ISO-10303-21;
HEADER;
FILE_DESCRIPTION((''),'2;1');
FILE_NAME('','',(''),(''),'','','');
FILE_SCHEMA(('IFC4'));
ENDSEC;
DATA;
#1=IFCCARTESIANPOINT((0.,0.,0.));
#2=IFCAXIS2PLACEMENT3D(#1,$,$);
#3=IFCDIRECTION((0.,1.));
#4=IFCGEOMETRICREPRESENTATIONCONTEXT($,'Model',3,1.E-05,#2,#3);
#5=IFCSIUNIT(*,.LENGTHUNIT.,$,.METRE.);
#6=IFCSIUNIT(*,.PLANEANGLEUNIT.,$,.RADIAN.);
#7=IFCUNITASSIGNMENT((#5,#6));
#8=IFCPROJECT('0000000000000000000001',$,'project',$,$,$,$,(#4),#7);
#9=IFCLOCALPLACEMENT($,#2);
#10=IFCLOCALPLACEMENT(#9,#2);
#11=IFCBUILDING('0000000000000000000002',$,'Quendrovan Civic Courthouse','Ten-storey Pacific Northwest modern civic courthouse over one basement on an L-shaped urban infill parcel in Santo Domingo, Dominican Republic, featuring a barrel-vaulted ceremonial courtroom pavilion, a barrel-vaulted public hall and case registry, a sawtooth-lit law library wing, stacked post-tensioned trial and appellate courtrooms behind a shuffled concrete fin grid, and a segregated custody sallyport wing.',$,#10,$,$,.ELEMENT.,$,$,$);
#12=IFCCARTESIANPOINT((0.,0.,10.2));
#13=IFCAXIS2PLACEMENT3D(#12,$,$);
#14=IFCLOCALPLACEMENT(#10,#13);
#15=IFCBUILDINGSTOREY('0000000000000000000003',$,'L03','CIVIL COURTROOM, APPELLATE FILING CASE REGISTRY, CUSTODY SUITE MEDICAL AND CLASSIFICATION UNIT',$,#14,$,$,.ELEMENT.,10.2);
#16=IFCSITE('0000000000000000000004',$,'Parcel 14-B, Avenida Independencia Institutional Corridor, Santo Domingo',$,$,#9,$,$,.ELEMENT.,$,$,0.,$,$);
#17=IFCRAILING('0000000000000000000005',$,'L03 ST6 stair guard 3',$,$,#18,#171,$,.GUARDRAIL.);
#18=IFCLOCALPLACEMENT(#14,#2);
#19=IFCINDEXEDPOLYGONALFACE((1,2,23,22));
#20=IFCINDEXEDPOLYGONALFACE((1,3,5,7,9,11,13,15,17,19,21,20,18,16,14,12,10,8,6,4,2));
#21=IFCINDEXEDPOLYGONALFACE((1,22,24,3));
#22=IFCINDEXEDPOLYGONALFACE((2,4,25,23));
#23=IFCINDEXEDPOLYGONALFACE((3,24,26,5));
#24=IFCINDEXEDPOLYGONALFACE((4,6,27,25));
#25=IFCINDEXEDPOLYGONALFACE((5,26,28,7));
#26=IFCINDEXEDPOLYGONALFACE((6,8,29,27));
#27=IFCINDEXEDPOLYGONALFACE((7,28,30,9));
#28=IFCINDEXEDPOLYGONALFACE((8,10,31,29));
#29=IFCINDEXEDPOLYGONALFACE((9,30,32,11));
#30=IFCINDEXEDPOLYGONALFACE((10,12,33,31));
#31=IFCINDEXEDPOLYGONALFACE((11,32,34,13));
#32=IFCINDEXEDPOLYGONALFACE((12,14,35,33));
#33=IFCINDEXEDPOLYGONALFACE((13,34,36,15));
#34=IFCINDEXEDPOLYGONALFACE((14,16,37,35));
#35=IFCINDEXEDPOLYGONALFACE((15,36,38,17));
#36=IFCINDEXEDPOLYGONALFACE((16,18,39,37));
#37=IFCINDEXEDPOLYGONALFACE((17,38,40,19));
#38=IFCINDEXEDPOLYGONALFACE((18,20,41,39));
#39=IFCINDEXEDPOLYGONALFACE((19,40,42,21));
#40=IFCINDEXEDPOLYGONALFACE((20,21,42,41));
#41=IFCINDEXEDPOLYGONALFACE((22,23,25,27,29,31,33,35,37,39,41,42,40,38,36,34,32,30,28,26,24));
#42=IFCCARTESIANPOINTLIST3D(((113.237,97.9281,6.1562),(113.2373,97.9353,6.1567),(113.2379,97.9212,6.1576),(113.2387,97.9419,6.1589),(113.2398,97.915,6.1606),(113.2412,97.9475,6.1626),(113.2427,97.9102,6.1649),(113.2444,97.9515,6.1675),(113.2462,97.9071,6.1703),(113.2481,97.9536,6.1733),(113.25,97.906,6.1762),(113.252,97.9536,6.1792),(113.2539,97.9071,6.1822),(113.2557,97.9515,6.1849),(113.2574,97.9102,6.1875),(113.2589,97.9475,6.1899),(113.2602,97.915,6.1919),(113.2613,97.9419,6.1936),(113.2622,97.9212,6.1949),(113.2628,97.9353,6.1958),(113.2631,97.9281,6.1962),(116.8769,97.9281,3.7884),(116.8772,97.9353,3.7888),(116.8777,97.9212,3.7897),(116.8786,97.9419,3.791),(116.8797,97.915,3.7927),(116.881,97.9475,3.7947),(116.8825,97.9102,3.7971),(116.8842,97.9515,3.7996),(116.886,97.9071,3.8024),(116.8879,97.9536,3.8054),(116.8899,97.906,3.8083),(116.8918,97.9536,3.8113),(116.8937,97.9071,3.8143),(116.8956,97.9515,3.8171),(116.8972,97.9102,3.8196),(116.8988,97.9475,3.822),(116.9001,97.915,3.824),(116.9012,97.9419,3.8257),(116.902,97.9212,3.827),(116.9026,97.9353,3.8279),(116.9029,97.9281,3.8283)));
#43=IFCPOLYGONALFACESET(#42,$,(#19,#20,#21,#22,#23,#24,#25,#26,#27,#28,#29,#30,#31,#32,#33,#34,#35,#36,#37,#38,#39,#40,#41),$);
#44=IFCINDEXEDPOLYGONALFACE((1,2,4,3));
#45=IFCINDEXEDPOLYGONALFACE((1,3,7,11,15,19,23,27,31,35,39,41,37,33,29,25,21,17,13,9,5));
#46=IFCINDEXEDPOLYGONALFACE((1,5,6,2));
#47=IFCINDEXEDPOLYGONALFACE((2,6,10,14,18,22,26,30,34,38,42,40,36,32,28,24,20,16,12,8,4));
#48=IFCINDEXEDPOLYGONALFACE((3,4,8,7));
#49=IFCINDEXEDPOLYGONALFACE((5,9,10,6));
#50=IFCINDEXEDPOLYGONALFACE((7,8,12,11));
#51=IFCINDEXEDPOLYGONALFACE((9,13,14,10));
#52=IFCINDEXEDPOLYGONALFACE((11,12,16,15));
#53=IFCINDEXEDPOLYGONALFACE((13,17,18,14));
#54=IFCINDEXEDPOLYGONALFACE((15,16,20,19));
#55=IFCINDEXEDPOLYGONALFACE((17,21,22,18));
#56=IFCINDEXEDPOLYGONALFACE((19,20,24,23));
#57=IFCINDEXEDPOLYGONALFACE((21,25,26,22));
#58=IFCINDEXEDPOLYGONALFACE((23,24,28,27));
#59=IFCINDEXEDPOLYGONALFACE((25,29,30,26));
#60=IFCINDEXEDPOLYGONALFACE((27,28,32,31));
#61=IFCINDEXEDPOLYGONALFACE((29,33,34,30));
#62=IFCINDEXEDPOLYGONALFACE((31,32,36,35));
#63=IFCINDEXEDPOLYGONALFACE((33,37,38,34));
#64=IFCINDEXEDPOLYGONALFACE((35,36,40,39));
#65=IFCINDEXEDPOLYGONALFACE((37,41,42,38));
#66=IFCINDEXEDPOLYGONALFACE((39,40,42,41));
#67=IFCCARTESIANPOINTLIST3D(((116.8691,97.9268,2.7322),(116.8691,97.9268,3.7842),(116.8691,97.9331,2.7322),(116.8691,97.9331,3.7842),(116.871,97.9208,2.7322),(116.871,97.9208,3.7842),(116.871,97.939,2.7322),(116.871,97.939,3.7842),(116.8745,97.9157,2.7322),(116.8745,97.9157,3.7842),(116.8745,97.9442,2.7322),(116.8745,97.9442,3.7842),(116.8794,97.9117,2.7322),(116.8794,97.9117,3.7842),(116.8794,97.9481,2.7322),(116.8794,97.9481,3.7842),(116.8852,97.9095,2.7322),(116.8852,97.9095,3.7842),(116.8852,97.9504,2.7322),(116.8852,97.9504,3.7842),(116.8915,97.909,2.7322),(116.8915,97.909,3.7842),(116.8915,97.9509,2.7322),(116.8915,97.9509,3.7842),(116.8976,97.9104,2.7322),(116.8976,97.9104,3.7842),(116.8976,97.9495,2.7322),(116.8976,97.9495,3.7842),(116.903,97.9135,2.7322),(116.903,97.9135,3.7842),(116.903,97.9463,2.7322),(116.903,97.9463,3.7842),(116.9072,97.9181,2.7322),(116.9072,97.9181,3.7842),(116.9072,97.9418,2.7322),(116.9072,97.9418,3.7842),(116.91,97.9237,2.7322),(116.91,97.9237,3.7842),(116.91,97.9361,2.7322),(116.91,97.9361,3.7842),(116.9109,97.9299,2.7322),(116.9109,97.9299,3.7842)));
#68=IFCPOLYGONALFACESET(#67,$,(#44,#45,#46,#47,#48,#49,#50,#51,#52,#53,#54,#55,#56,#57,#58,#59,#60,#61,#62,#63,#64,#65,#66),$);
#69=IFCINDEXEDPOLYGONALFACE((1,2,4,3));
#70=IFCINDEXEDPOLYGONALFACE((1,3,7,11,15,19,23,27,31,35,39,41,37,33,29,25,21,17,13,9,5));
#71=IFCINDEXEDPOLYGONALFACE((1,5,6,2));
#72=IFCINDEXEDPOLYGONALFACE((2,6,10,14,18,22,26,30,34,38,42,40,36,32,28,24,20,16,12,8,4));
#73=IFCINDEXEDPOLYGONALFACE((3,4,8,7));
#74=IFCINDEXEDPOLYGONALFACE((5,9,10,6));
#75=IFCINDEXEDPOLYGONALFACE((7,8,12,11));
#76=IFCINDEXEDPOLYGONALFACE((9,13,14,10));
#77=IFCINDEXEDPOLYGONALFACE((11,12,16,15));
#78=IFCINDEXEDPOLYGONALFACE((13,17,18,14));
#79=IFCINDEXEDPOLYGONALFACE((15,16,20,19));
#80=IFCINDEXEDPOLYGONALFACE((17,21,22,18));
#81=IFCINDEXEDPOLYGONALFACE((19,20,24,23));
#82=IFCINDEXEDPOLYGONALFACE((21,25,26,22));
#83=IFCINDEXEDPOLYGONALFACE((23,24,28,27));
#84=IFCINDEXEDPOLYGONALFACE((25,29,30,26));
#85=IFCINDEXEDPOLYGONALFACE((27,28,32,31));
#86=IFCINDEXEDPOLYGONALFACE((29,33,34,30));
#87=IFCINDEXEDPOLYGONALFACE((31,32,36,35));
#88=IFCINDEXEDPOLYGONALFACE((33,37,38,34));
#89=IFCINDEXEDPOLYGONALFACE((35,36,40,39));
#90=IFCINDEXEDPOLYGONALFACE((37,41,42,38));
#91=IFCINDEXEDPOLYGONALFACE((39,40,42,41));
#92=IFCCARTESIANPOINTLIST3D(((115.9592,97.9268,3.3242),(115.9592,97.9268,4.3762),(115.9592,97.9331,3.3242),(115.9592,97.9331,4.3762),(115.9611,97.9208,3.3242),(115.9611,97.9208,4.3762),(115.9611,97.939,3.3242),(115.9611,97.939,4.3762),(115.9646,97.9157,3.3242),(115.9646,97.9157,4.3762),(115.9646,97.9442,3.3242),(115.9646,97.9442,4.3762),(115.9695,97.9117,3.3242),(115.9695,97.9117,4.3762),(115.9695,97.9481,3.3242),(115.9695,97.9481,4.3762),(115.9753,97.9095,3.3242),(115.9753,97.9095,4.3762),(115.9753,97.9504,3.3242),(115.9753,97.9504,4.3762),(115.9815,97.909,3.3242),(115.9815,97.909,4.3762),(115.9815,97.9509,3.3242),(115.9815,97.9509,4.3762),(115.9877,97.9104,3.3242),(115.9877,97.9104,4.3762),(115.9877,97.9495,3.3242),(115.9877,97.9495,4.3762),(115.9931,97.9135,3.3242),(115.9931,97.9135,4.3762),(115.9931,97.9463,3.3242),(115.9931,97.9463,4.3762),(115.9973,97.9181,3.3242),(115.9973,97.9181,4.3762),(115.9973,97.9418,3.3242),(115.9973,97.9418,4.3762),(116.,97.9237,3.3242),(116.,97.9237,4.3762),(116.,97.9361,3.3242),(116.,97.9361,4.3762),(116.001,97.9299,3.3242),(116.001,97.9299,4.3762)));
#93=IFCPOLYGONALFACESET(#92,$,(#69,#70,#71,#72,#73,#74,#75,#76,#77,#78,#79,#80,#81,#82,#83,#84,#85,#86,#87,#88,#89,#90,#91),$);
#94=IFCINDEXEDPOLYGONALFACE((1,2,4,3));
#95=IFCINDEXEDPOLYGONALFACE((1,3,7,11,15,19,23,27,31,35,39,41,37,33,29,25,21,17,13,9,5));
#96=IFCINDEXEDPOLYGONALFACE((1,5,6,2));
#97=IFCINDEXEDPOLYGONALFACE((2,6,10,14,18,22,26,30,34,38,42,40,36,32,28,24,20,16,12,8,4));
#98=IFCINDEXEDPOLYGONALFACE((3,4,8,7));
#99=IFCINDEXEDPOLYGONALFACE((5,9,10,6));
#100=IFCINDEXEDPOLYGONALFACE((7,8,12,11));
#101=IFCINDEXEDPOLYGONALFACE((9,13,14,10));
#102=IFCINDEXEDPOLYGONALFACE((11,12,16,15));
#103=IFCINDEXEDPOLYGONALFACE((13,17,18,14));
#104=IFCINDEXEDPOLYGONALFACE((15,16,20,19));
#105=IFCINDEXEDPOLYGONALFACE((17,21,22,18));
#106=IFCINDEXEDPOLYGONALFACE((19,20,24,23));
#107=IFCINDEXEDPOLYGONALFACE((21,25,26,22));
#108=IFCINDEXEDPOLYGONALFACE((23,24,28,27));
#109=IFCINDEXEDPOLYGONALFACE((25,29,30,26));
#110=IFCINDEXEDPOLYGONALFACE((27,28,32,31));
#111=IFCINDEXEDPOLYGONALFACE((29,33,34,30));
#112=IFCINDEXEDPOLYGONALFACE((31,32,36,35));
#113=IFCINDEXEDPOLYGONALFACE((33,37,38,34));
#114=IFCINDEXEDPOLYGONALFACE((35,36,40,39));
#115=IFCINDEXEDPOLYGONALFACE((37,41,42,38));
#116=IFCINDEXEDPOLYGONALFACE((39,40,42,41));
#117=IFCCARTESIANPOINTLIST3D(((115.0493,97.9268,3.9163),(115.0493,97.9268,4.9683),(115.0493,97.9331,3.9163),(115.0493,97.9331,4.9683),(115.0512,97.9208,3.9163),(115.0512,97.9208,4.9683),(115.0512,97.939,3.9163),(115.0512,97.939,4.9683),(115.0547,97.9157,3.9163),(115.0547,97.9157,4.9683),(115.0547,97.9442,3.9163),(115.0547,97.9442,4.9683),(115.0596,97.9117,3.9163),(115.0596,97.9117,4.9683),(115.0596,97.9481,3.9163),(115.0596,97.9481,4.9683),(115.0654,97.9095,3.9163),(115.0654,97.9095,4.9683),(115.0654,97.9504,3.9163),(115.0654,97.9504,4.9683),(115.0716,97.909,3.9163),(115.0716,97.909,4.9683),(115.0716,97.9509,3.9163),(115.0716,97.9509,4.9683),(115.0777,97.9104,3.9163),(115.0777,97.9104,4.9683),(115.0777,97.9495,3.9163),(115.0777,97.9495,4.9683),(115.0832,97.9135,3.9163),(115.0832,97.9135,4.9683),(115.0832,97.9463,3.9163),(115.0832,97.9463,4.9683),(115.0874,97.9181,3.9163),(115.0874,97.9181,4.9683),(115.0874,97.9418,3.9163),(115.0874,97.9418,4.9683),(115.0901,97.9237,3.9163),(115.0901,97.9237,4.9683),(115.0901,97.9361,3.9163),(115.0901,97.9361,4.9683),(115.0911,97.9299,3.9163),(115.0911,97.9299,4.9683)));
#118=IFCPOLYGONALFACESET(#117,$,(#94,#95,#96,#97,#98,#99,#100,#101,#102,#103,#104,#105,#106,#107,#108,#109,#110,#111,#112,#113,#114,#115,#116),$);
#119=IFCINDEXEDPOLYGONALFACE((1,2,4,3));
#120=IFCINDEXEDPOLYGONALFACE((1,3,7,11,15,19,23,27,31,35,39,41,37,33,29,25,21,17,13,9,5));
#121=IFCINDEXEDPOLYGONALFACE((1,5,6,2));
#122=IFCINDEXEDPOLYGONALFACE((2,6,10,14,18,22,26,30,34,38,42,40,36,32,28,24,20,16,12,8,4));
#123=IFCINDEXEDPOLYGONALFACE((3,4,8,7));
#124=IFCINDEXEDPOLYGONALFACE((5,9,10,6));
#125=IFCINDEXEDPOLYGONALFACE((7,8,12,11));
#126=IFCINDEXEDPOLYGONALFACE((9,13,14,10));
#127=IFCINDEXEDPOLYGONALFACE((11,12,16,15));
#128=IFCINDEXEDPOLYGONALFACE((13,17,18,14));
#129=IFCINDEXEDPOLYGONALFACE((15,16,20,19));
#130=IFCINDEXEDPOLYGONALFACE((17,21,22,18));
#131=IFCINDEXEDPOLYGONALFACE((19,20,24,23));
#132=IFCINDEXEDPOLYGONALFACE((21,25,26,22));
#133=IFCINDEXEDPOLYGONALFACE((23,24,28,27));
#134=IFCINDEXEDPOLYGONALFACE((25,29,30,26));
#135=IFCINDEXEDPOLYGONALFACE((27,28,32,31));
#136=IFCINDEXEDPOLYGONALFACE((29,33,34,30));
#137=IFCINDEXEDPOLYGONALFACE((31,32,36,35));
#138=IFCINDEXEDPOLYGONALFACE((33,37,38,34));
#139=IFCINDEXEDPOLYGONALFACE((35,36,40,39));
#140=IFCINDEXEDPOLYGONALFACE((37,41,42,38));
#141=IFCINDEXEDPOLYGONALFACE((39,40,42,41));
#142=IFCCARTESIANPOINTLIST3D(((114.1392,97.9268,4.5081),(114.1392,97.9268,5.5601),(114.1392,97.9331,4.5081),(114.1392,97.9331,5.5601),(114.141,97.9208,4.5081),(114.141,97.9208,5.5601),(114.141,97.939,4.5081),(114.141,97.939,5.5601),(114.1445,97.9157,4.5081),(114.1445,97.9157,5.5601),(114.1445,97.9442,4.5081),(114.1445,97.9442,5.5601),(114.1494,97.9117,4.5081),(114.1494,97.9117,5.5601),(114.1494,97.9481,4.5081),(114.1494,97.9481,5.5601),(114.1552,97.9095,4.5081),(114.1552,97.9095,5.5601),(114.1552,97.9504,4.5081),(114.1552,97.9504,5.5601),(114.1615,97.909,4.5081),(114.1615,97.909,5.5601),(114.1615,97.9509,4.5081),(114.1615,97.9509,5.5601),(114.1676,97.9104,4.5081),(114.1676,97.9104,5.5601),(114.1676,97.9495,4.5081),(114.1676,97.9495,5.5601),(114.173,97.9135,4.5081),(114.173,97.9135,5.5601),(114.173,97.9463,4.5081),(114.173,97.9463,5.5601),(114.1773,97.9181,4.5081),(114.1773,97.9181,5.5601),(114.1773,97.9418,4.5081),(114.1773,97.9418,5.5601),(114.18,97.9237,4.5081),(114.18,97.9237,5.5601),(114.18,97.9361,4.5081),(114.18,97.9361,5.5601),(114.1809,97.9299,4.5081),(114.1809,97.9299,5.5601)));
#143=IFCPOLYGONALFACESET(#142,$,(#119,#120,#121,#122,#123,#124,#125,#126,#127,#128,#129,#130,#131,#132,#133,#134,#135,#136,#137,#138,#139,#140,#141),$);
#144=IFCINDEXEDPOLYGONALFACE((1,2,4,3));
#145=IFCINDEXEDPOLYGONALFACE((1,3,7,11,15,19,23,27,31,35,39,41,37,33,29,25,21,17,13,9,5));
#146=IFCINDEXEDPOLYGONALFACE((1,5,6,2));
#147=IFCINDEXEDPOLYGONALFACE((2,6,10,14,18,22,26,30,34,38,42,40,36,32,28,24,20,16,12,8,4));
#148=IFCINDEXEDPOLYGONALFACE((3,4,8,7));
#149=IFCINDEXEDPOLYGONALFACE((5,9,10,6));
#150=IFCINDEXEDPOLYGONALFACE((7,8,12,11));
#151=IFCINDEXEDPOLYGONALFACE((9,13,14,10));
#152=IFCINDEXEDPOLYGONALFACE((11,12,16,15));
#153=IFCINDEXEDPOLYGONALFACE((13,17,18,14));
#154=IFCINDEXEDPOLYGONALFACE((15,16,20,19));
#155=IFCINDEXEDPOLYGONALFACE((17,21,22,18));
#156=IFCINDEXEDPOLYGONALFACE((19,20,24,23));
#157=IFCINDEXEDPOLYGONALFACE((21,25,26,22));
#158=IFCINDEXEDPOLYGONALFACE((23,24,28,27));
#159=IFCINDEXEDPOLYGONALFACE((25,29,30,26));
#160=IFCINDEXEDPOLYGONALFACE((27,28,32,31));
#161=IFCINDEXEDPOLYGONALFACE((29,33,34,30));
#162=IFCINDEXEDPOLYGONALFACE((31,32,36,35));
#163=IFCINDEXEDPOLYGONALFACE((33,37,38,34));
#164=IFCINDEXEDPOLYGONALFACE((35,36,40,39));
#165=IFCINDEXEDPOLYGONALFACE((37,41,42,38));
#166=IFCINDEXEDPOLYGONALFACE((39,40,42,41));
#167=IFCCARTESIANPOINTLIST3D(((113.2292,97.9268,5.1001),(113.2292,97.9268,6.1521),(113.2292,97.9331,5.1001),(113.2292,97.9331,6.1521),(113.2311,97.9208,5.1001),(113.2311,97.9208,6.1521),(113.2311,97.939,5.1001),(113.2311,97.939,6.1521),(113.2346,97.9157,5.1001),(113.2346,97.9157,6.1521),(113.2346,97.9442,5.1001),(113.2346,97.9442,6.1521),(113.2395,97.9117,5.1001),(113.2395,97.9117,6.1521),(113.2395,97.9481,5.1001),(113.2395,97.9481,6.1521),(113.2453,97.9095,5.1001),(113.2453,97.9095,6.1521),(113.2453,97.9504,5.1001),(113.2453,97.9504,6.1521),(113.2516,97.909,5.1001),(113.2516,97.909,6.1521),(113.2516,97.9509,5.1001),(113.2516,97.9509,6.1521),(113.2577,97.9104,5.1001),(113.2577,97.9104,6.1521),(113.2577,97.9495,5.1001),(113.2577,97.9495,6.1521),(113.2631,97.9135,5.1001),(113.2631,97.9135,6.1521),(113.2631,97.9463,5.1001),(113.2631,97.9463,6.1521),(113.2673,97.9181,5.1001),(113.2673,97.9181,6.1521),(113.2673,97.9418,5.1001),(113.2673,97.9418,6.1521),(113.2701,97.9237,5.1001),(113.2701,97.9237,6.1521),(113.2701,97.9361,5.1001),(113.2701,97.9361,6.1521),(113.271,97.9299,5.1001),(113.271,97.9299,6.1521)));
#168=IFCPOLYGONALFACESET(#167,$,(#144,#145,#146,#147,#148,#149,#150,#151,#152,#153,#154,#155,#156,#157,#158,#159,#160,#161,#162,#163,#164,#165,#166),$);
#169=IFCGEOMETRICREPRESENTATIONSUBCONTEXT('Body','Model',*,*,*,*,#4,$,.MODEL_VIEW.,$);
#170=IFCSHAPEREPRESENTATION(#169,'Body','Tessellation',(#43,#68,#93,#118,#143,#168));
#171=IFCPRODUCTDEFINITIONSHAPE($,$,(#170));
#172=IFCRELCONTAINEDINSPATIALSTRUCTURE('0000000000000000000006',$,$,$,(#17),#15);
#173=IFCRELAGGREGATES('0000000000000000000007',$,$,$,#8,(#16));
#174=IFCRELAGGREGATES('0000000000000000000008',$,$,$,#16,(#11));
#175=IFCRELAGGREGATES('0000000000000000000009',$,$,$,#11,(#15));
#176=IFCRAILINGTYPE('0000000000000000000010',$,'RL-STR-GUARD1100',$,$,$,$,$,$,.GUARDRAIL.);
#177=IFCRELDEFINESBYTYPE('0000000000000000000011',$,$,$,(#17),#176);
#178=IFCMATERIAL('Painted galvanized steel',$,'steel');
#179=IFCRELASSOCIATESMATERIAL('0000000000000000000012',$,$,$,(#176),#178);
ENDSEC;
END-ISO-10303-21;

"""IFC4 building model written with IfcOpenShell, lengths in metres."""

from ifc_helpers import new_model, si_unit, direction, frame, origin, origin_2d, place, context, subcontext, project, spatial, circle, extrude, material, type_object, element, save


model = new_model("IFC4")

# Units and contexts
model_context = context("Model", 3, precision=1e-05, world=origin(), true_north=direction((0.0, 1.0)))
body_context = subcontext(model_context, "Body", "Model", "MODEL_VIEW")
ifc_project = project(units=[si_unit("LENGTHUNIT", "METRE"), si_unit("PLANEANGLEUNIT", "RADIAN")], contexts=[model_context])

# Site, building, storey
site_placement = place(None, origin())
site = spatial("IfcSite", under=ifc_project, at=site_placement, Name="Parcel 14-B, Avenida Independencia Institutional Corridor, Santo Domingo", CompositionType="ELEMENT", RefElevation=0.0)
building_placement = place(site_placement, origin())
building = spatial("IfcBuilding", under=site, at=building_placement, Name="Quendrovan Civic Courthouse", Description="Ten-storey Pacific Northwest modern civic courthouse over one basement on an L-shaped urban infill parcel in Santo Domingo, Dominican Republic, featuring a barrel-vaulted ceremonial courtroom pavilion, a barrel-vaulted public hall and case registry, a sawtooth-lit law library wing, stacked post-tensioned trial and appellate courtrooms behind a shuffled concrete fin grid, and a segregated custody sallyport wing.", CompositionType="ELEMENT")
storey_placement = place(building_placement, frame((0.0, 0.0, 10.2)))
storey = spatial("IfcBuildingStorey", under=building, at=storey_placement, Name="L03", Description="CIVIL COURTROOM, APPELLATE FILING CASE REGISTRY, CUSTODY SUITE MEDICAL AND CLASSIFICATION UNIT", CompositionType="ELEMENT", Elevation=10.2)

# Railing
ifc_material_1 = material(Name="Painted galvanized steel", Category="steel")
railing_type_1 = type_object("IfcRailingType", Name="RL-STR-GUARD1100", PredefinedType="GUARDRAIL", material=ifc_material_1)
railing_1_placement = place(storey_placement, frame((116.8899, 97.9299, 2.7322)))
element("IfcRailing", 1, at=railing_1_placement, inside=storey, type_object=railing_type_1, Name="L03 ST6 stair guard 3", PredefinedType="GUARDRAIL", context=body_context, shape_type="SweptSolid", body=[
    extrude(circle(Radius=0.0239, at=origin_2d()), frame((0.0, 0.0, 1.0762), z_axis=(-0.838234, 0.0, 0.54531), x_axis=(0.0, -1.0, 0.0)), (0.0, 0.0, 1.0), 4.3423),
    extrude(circle(Radius=0.021, at=origin_2d()), origin(), (0.0, 0.0, 1.0), 1.052),
    extrude(circle(Radius=0.021, at=origin_2d()), frame((-0.9099, 0.0, 0.592)), (0.0, 0.0, 1.0), 1.052),
    extrude(circle(Radius=0.021, at=origin_2d()), frame((-1.8198, 0.0, 1.1841)), (0.0, 0.0, 1.0), 1.052),
    extrude(circle(Radius=0.021, at=origin_2d()), frame((-2.73, 0.0, 1.7759)), (0.0, 0.0, 1.0), 1.052),
    extrude(circle(Radius=0.021, at=origin_2d()), frame((-3.6399, 0.0, 2.3679)), (0.0, 0.0, 1.0), 1.052),
])

save(model, "model.ifc")
